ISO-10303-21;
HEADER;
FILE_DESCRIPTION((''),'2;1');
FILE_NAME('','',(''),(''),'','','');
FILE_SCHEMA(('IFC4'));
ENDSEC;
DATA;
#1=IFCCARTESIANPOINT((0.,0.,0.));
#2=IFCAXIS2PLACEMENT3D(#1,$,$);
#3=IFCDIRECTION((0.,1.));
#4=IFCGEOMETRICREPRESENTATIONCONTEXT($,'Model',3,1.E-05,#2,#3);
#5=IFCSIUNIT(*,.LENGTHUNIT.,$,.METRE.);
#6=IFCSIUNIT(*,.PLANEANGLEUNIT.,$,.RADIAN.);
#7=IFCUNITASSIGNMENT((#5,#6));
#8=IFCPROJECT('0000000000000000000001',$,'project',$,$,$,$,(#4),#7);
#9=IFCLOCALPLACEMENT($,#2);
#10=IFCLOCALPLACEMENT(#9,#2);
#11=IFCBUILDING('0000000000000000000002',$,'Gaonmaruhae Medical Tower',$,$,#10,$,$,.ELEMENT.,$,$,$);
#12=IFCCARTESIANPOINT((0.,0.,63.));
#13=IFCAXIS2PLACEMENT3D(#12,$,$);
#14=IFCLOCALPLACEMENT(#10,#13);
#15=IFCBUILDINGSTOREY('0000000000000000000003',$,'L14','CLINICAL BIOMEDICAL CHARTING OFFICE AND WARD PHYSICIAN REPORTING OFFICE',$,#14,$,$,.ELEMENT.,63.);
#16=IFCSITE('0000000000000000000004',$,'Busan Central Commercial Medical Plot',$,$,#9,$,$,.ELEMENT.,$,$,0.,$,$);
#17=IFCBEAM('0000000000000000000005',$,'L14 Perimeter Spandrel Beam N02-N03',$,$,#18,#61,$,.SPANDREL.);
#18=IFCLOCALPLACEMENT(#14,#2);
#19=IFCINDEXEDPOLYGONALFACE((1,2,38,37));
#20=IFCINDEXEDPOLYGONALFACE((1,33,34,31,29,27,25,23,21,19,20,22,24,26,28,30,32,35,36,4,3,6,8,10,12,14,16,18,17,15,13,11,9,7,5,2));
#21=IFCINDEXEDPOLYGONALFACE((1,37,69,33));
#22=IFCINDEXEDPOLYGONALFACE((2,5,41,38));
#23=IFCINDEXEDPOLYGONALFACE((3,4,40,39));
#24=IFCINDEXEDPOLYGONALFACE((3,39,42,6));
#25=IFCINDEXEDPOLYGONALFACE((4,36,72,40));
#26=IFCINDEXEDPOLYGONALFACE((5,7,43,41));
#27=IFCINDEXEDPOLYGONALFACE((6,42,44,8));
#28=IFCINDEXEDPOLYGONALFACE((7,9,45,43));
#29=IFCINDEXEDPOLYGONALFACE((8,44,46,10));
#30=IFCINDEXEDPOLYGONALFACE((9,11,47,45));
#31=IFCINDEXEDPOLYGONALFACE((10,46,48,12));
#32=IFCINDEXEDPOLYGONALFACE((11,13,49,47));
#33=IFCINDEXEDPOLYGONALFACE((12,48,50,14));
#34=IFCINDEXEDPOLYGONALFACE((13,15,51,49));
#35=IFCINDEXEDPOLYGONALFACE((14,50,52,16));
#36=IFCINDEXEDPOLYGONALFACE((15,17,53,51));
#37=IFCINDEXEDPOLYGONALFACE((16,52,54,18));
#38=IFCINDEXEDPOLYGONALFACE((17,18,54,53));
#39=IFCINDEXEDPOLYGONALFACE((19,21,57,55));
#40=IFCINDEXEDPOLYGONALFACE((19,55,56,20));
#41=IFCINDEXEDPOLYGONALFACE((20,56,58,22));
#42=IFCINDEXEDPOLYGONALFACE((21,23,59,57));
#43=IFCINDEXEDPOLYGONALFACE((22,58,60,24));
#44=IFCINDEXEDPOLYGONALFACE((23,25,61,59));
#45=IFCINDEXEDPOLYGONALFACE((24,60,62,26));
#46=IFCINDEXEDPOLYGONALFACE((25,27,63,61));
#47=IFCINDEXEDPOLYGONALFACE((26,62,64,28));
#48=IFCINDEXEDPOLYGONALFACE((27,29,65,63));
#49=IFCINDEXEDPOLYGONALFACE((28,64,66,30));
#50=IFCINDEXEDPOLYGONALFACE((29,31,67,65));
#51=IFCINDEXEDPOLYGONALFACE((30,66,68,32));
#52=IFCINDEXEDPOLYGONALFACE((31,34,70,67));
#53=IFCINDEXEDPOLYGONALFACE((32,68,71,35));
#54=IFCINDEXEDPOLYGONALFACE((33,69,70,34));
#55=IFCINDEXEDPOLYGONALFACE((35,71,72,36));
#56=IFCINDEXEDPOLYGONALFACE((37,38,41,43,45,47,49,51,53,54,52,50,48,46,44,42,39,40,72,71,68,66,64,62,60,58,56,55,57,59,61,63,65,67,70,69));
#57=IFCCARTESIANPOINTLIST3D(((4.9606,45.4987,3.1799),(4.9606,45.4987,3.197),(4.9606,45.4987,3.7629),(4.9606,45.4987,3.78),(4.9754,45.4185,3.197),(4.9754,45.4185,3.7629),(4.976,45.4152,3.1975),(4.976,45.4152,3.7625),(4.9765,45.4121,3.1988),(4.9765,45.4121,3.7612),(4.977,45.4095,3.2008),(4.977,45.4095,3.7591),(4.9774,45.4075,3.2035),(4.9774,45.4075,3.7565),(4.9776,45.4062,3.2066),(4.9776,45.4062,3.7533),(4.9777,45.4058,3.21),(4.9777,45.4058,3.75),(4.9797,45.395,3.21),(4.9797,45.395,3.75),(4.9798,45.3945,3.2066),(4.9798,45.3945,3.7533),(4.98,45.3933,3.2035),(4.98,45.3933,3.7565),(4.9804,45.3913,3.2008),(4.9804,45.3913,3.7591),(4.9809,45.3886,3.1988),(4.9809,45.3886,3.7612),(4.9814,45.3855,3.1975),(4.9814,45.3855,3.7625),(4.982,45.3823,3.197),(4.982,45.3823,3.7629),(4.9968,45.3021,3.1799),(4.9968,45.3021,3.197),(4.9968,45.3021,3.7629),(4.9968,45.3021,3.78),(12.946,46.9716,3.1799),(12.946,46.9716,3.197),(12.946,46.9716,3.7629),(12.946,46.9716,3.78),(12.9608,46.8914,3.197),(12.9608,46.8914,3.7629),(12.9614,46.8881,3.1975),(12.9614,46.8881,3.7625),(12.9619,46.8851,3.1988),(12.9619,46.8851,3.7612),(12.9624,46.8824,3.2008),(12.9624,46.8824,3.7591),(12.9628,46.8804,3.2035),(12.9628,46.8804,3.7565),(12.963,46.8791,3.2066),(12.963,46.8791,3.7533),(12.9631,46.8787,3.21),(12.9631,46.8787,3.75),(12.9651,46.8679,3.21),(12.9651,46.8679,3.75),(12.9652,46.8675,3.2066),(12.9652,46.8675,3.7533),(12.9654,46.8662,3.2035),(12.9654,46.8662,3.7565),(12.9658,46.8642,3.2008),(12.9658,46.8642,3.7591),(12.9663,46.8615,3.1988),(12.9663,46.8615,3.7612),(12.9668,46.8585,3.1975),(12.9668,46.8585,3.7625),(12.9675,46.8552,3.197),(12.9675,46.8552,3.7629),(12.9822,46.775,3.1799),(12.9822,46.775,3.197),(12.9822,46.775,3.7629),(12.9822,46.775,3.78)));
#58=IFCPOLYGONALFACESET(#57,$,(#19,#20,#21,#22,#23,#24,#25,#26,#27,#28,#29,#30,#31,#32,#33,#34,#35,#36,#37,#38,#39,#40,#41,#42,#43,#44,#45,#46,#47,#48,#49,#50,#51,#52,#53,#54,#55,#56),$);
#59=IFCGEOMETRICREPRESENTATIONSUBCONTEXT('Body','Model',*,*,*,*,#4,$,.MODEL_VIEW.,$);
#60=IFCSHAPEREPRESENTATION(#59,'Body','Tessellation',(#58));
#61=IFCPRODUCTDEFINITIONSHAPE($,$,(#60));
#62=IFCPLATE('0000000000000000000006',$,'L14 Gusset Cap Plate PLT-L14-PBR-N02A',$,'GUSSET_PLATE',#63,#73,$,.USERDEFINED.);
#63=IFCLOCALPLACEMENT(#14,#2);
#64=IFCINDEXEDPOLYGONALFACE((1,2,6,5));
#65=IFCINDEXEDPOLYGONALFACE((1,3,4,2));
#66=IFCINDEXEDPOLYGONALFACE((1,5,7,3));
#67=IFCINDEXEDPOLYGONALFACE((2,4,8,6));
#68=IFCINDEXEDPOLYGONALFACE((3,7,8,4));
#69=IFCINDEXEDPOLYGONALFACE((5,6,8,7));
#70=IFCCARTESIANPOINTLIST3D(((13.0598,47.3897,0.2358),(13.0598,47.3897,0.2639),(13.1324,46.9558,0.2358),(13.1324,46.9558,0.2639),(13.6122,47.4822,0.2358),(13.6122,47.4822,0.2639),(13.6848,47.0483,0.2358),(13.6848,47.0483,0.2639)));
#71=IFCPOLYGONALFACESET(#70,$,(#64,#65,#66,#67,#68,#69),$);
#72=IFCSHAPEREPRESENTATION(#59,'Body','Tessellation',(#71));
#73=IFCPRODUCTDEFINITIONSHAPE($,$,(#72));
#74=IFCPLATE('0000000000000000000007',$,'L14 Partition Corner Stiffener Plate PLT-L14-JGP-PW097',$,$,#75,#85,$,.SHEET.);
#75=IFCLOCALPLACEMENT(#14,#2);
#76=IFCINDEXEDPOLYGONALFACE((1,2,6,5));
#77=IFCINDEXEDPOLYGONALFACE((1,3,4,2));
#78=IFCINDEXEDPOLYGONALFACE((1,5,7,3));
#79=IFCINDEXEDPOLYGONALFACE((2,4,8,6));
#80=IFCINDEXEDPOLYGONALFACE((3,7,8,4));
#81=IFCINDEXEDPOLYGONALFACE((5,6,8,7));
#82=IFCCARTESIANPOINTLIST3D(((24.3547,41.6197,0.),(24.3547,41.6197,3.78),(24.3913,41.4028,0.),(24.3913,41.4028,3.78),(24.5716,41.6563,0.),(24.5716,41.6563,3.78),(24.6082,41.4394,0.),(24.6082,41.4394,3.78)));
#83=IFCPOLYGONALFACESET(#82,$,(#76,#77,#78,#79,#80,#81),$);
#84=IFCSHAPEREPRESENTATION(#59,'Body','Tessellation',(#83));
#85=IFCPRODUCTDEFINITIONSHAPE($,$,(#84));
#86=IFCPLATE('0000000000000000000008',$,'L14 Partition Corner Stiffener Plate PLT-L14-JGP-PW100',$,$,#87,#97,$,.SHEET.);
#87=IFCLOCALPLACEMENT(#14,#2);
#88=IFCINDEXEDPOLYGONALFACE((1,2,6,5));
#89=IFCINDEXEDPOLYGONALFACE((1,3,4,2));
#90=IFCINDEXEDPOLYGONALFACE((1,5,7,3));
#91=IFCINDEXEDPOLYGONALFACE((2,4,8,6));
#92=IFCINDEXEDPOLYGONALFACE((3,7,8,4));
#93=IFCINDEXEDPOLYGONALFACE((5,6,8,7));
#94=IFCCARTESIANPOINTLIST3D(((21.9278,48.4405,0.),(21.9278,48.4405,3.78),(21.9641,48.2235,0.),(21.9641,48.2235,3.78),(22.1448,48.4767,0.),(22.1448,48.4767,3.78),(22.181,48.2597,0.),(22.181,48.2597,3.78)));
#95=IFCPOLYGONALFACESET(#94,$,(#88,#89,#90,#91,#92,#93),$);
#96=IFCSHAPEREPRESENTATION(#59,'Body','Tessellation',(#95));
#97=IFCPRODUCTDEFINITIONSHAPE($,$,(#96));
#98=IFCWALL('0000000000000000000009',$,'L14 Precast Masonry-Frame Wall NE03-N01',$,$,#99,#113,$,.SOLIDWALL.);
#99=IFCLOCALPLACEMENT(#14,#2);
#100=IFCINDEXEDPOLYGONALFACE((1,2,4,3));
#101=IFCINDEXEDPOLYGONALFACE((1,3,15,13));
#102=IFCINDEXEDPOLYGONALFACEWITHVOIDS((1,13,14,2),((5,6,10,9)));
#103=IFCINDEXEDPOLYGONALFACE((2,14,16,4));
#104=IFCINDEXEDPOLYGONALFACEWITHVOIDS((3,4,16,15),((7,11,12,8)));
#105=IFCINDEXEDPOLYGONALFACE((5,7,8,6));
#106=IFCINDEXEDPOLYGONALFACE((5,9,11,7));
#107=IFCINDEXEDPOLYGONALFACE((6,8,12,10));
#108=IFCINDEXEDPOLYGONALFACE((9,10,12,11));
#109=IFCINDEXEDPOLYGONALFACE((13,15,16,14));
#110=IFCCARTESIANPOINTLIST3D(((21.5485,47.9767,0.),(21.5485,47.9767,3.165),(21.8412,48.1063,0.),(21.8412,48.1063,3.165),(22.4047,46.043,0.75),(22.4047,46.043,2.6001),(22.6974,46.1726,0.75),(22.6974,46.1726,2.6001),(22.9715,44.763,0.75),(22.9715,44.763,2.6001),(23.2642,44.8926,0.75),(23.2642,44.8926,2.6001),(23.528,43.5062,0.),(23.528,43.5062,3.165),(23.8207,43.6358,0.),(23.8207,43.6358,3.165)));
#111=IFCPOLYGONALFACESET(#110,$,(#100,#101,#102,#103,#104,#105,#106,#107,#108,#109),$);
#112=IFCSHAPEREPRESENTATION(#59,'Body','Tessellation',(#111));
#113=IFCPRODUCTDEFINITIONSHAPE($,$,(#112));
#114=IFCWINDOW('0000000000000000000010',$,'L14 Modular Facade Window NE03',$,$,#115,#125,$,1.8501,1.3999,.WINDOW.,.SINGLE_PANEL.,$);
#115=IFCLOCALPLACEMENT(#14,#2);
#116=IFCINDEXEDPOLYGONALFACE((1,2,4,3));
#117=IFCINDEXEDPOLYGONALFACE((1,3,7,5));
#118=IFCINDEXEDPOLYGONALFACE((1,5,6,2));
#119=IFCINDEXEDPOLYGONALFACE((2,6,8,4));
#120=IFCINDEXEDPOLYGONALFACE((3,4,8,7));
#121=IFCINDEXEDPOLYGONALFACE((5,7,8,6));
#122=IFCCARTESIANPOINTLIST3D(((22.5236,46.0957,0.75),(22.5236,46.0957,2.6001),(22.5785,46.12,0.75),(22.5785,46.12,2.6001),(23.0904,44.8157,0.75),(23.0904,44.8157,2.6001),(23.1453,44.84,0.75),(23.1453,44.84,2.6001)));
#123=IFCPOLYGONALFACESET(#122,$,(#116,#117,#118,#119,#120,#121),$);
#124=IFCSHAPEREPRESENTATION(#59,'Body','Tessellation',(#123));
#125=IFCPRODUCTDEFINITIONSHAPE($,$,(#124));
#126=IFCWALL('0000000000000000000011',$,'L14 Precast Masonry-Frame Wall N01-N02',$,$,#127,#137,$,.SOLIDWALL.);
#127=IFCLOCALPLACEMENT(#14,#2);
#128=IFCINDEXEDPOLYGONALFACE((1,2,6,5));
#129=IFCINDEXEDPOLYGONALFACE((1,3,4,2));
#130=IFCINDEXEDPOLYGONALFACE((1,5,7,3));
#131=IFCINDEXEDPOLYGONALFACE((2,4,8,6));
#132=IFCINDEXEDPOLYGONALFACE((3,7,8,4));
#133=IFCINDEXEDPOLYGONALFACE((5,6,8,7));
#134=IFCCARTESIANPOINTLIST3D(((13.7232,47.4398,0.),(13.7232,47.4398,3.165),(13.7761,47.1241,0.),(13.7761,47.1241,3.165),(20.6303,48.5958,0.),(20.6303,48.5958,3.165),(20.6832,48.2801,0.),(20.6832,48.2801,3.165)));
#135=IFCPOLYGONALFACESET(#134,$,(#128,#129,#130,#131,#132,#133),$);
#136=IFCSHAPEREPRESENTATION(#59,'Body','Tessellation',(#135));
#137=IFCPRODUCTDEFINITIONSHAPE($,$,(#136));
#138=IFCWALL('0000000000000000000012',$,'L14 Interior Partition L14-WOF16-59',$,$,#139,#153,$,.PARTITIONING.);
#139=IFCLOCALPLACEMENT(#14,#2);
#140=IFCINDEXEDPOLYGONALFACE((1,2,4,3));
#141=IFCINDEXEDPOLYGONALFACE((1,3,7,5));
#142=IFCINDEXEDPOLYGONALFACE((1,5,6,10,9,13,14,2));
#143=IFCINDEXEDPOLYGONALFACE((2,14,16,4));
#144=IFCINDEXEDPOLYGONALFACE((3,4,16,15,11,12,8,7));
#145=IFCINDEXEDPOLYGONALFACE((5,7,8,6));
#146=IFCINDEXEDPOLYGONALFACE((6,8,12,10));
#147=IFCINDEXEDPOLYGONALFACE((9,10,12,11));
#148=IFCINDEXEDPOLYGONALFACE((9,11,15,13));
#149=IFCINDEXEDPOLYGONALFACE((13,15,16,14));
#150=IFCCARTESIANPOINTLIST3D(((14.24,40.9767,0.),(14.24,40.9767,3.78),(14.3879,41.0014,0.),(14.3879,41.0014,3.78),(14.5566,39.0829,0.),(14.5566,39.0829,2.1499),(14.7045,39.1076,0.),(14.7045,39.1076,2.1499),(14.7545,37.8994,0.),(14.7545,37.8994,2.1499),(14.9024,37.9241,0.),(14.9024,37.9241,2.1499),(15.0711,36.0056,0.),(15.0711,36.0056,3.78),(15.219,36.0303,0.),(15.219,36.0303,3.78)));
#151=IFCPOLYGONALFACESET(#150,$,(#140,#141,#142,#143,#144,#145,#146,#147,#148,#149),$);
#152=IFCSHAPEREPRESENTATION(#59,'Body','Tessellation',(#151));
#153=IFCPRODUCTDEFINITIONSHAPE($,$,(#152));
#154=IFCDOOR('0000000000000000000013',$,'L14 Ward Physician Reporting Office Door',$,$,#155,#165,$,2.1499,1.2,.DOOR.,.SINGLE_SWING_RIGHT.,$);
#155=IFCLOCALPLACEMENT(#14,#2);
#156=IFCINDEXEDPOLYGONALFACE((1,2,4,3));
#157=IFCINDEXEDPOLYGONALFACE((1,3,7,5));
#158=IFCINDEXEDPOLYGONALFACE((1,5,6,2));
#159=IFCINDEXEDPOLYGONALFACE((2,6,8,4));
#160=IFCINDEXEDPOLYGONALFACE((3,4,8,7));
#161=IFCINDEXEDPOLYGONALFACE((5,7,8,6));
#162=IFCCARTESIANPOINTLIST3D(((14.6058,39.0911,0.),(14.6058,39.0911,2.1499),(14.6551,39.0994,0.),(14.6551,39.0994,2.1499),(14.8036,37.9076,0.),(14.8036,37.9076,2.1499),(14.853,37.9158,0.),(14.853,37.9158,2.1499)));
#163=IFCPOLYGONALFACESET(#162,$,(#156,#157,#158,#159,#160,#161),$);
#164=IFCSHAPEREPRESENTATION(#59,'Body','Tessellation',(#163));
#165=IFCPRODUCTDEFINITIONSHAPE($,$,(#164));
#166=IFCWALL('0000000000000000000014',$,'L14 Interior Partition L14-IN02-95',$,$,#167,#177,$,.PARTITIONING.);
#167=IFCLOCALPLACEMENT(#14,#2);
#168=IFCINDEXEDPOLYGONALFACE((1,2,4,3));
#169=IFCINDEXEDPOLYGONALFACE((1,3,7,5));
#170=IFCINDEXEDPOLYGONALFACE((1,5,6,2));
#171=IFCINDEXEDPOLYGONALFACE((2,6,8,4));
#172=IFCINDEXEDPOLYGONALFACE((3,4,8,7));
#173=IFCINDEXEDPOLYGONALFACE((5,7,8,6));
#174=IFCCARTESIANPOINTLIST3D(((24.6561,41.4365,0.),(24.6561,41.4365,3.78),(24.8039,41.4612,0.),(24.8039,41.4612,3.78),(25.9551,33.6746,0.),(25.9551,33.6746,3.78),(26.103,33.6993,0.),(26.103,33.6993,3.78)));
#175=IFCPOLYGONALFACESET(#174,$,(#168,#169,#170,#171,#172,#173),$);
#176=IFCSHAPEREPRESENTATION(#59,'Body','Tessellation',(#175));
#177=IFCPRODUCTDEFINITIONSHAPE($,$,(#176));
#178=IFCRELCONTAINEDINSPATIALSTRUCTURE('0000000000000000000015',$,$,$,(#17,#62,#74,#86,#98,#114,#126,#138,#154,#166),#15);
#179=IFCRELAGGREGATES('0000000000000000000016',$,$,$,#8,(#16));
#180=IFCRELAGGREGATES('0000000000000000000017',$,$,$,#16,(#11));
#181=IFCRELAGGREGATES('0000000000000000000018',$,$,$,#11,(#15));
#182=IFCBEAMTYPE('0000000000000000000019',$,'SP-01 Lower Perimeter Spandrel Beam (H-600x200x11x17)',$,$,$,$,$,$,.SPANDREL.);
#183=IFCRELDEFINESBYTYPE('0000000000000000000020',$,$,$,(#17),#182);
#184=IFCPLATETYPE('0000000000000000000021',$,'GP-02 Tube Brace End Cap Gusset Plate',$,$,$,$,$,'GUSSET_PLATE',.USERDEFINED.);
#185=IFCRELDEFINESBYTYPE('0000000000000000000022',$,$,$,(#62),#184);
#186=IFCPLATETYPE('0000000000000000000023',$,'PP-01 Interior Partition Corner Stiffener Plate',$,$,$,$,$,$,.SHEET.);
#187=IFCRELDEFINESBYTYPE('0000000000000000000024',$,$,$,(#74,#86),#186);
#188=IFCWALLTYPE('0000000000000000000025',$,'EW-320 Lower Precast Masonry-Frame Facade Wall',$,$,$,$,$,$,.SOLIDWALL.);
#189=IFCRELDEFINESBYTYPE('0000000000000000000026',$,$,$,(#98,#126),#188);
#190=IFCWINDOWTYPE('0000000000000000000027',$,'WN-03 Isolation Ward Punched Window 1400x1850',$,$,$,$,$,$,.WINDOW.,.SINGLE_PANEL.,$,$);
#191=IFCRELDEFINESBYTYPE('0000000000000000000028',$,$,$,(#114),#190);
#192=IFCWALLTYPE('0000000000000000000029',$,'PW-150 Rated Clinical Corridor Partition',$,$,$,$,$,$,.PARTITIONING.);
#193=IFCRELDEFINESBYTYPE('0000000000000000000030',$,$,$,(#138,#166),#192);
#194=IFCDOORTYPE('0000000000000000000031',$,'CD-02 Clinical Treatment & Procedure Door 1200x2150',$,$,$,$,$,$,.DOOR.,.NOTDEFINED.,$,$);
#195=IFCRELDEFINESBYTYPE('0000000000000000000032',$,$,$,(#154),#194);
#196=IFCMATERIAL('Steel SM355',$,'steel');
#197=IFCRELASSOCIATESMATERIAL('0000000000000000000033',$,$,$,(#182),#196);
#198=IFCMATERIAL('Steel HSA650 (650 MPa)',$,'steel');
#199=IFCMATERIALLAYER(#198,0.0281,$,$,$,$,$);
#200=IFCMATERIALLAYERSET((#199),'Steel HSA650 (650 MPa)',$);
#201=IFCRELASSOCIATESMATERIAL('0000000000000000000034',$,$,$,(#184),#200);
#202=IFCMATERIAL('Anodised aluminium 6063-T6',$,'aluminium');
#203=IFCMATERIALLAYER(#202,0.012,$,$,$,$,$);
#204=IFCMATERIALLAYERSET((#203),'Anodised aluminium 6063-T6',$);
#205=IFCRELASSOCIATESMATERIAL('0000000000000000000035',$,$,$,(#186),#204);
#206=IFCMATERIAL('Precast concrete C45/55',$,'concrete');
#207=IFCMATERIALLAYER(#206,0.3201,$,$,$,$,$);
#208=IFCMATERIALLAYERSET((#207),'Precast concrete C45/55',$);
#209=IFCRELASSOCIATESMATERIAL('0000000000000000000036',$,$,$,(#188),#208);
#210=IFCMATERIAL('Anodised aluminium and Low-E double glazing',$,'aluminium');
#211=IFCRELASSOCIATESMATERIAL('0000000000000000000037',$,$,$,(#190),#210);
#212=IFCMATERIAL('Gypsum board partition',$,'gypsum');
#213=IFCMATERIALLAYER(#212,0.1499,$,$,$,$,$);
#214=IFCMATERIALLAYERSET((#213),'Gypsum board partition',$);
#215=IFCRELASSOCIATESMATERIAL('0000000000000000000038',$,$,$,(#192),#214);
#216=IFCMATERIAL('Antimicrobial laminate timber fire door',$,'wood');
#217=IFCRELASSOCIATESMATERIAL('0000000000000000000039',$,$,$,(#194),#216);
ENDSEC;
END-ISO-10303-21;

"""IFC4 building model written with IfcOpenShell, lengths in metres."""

from ifc_helpers import new_model, si_unit, direction, frame, frame_2d, origin, origin_2d, place, context, subcontext, project, spatial, rectangle, i_section, extrude, material, layer, layer_set, material_profile, profile_set, type_object, element, fill, save


model = new_model("IFC4")

# Units and contexts
model_context = context("Model", 3, precision=1e-05, world=origin(), true_north=direction((0.0, 1.0)))
body_context = subcontext(model_context, "Body", "Model", "MODEL_VIEW")
ifc_project = project(units=[si_unit("LENGTHUNIT", "METRE"), si_unit("PLANEANGLEUNIT", "RADIAN")], contexts=[model_context])

# Site, building, storey
site_placement = place(None, origin())
site = spatial("IfcSite", under=ifc_project, at=site_placement, Name="Busan Central Commercial Medical Plot", CompositionType="ELEMENT", RefElevation=0.0)
building_placement = place(site_placement, origin())
building = spatial("IfcBuilding", under=site, at=building_placement, Name="Gaonmaruhae Medical Tower", CompositionType="ELEMENT")
storey_placement = place(building_placement, frame((0.0, 0.0, 63.0)))
storey = spatial("IfcBuildingStorey", under=building, at=storey_placement, Name="L14", Description="CLINICAL BIOMEDICAL CHARTING OFFICE AND WARD PHYSICIAN REPORTING OFFICE", CompositionType="ELEMENT", Elevation=63.0)

# Beam
ifc_material_1 = material(Name="Steel SM355", Category="steel")
ifc_material_profile_1 = material_profile(ifc_material_1, i_section(OverallWidth=0.2, OverallDepth=0.6001, WebThickness=0.011, FlangeThickness=0.0171, FilletRadius=0.0129, at=origin_2d()), Name="H-600x200x11x17")
ifc_profile_set_1 = profile_set([ifc_material_profile_1], Name="Steel SM355")
beam_type = type_object("IfcBeamType", Name="SP-01 Lower Perimeter Spandrel Beam (H-600x200x11x17)", PredefinedType="SPANDREL", material=ifc_profile_set_1)
for number, where, z_axis, x_axis, name in (
    (1, (12.9641, 46.8733, 3.48), (-0.983411, -0.18139, 0.0), (0.18139, -0.983411, 0.0), "L14 Perimeter Spandrel Beam N02-N03"),
):
    element("IfcBeam", number, at=place(storey_placement, frame(where, z_axis=z_axis, x_axis=x_axis)), inside=storey, type_object=beam_type, Name=name, PredefinedType="SPANDREL", context=body_context, shape_type="SweptSolid", body=[
        extrude(i_section(OverallWidth=0.2, OverallDepth=0.6001, WebThickness=0.011, FlangeThickness=0.0171, FilletRadius=0.0129, at=origin_2d()), origin(), (0.0, 0.0, 1.0), 8.1201),
    ])

# Plates
ifc_material_2 = material(Name="Steel HSA650 (650 MPa)", Category="steel")
ifc_layer_1 = layer(ifc_material_2, 0.0281)
ifc_layer_set_1 = layer_set([ifc_layer_1], Name="Steel HSA650 (650 MPa)")
plate_type_1 = type_object("IfcPlateType", Name="GP-02 Tube Brace End Cap Gusset Plate", ElementType="GUSSET_PLATE", PredefinedType="USERDEFINED", material=ifc_layer_set_1)
plate_placement = place(storey_placement, frame((13.3723, 47.219, 0.2358), z_axis=(0.0, 0.0, 1.0), x_axis=(0.986286, 0.165048, 0.0)))
element("IfcPlate", 2, at=plate_placement, inside=storey, type_object=plate_type_1, Name="L14 Gusset Cap Plate PLT-L14-PBR-N02A", ObjectType="GUSSET_PLATE", PredefinedType="USERDEFINED", context=body_context, shape_type="SweptSolid", body=[
    extrude(rectangle(XDim=0.5601, YDim=0.4399, at=origin_2d()), origin(), (0.0, 0.0, 1.0), 0.0281),
])
ifc_material_3 = material(Name="Anodised aluminium 6063-T6", Category="aluminium")
ifc_layer_2 = layer(ifc_material_3, 0.012)
ifc_layer_set_2 = layer_set([ifc_layer_2], Name="Anodised aluminium 6063-T6")
plate_type_2 = type_object("IfcPlateType", Name="PP-01 Interior Partition Corner Stiffener Plate", PredefinedType="SHEET", material=ifc_layer_set_2)
for number, where, z_axis, x_axis, name in (
    (3, (24.4814, 41.5295, 0.0), (0.0, 0.0, 1.0), (-0.986022, -0.166614, 0.0), "L14 Partition Corner Stiffener Plate PLT-L14-JGP-PW097"),
    (4, (22.0544, 48.3501, 0.0), (0.0, 0.0, 1.0), (0.164755, -0.986335, 0.0), "L14 Partition Corner Stiffener Plate PLT-L14-JGP-PW100"),
):
    element("IfcPlate", number, at=place(storey_placement, frame(where, z_axis=z_axis, x_axis=x_axis)), inside=storey, type_object=plate_type_2, Name=name, PredefinedType="SHEET", context=body_context, shape_type="SweptSolid", body=[
        extrude(rectangle(XDim=0.22, YDim=0.22, at=origin_2d()), origin(), (0.0, 0.0, 1.0), 3.78),
    ])

# Wall, opening, window
ifc_material_4 = material(Name="Precast concrete C45/55", Category="concrete")
ifc_layer_3 = layer(ifc_material_4, 0.3201)
ifc_layer_set_3 = layer_set([ifc_layer_3], Name="Precast concrete C45/55")
wall_type_1 = type_object("IfcWallType", Name="EW-320 Lower Precast Masonry-Frame Facade Wall", PredefinedType="SOLIDWALL", material=ifc_layer_set_3)
wall_1_placement = place(storey_placement, frame((21.6948, 48.0415, 0.0), z_axis=(0.0, 0.0, 1.0), x_axis=(0.404878, -0.914371, 0.0)))
wall_1 = element("IfcWall", 5, at=wall_1_placement, inside=storey, type_object=wall_type_1, Name="L14 Precast Masonry-Frame Wall NE03-N01", PredefinedType="SOLIDWALL", context=body_context, shape_type="SweptSolid", body=[
    extrude(rectangle(XDim=4.8892, YDim=0.3201, at=frame_2d((2.4446, 0.0))), origin(), (0.0, 0.0, 1.0), 3.165),
])
opening_1_placement = place(wall_1_placement, frame((2.1147, 0.0, 0.75)))
opening_1 = element("IfcOpeningElement", 6, at=opening_1_placement, cuts=wall_1, PredefinedType="OPENING", context=body_context, shape_type="SweptSolid", body=[
    extrude(rectangle(XDim=1.3999, YDim=1.8501, at=frame_2d((0.7, 0.925))), frame((0.0, 0.1699, 0.0), z_axis=(0.0, -1.0, 0.0), x_axis=(1.0, 0.0, 0.0)), (0.0, 0.0, 1.0), 0.3401),
])
ifc_material_5 = material(Name="Anodised aluminium and Low-E double glazing", Category="aluminium")
window_type = type_object("IfcWindowType", Name="WN-03 Isolation Ward Punched Window 1400x1850", PartitioningType="SINGLE_PANEL", PredefinedType="WINDOW", material=ifc_material_5)
window_placement = place(opening_1_placement, origin())
window = element("IfcWindow", 7, at=window_placement, inside=storey, type_object=window_type, Name="L14 Modular Facade Window NE03", OverallHeight=1.8501, OverallWidth=1.3999, PartitioningType="SINGLE_PANEL", PredefinedType="WINDOW", context=body_context, shape_type="SweptSolid", body=[
    extrude(rectangle(XDim=1.3999, YDim=1.8501, at=frame_2d((0.7, 0.925))), frame((0.0, 0.03, 0.0), z_axis=(0.0, -1.0, 0.0), x_axis=(1.0, 0.0, 0.0)), (0.0, 0.0, 1.0), 0.0601),
])
fill(opening_1, window)

# Wall
wall_2_placement = place(storey_placement, frame((13.7498, 47.282, 0.0), z_axis=(0.0, 0.0, 1.0), x_axis=(0.986282, 0.165072, 0.0)))
element("IfcWall", 8, at=wall_2_placement, inside=storey, type_object=wall_type_1, Name="L14 Precast Masonry-Frame Wall N01-N02", PredefinedType="SOLIDWALL", context=body_context, shape_type="SweptSolid", body=[
    extrude(rectangle(XDim=7.0032, YDim=0.3201, at=frame_2d((3.5015, 0.0))), origin(), (0.0, 0.0, 1.0), 3.165),
])

# Wall, opening, door
ifc_material_6 = material(Name="Gypsum board partition", Category="gypsum")
ifc_layer_4 = layer(ifc_material_6, 0.1499)
ifc_layer_set_4 = layer_set([ifc_layer_4], Name="Gypsum board partition")
wall_type_2 = type_object("IfcWallType", Name="PW-150 Rated Clinical Corridor Partition", PredefinedType="PARTITIONING", material=ifc_layer_set_4)
wall_3_placement = place(storey_placement, frame((14.314, 40.989, 0.0), z_axis=(0.0, 0.0, 1.0), x_axis=(0.164894, -0.986311, 0.0)))
wall_3 = element("IfcWall", 9, at=wall_3_placement, inside=storey, type_object=wall_type_2, Name="L14 Interior Partition L14-WOF16-59", PredefinedType="PARTITIONING", context=body_context, shape_type="SweptSolid", body=[
    extrude(rectangle(XDim=5.04, YDim=0.1499, at=frame_2d((2.52, 0.0))), origin(), (0.0, 0.0, 1.0), 3.78),
])
opening_2_placement = place(wall_3_placement, frame((1.9199, 0.0, 0.0)))
opening_2 = element("IfcOpeningElement", 10, at=opening_2_placement, cuts=wall_3, PredefinedType="OPENING", context=body_context, shape_type="SweptSolid", body=[
    extrude(rectangle(XDim=1.2, YDim=2.1499, at=frame_2d((0.6001, 1.075))), frame((0.0, 0.085, 0.0), z_axis=(0.0, -1.0, 0.0), x_axis=(1.0, 0.0, 0.0)), (0.0, 0.0, 1.0), 0.1699),
])
ifc_material_7 = material(Name="Antimicrobial laminate timber fire door", Category="wood")
door_type_1 = type_object("IfcDoorType", Name="CD-02 Clinical Treatment & Procedure Door 1200x2150", OperationType="NOTDEFINED", PredefinedType="DOOR", material=ifc_material_7)
door_1_placement = place(opening_2_placement, origin())
door_1 = element("IfcDoor", 11, at=door_1_placement, inside=storey, type_object=door_type_1, Name="L14 Ward Physician Reporting Office Door", OperationType="SINGLE_SWING_RIGHT", OverallHeight=2.1499, OverallWidth=1.2, PredefinedType="DOOR", context=body_context, shape_type="SweptSolid", body=[
    extrude(rectangle(XDim=1.2, YDim=2.1499, at=frame_2d((0.6001, 1.075))), frame((0.0, 0.0249, 0.0), z_axis=(0.0, -1.0, 0.0), x_axis=(1.0, 0.0, 0.0)), (0.0, 0.0, 1.0), 0.05),
])
fill(opening_2, door_1)

# Wall
wall_4_placement = place(storey_placement, frame((24.73, 41.449, 0.0), z_axis=(0.0, 0.0, 1.0), x_axis=(0.165068, -0.986282, 0.0)))
element("IfcWall", 12, at=wall_4_placement, inside=storey, type_object=wall_type_2, Name="L14 Interior Partition L14-IN02-95", PredefinedType="PARTITIONING", context=body_context, shape_type="SweptSolid", body=[
    extrude(rectangle(XDim=7.8699, YDim=0.1499, at=frame_2d((3.9351, 0.0))), origin(), (0.0, 0.0, 1.0), 3.78),
])

save(model, "model.ifc")
